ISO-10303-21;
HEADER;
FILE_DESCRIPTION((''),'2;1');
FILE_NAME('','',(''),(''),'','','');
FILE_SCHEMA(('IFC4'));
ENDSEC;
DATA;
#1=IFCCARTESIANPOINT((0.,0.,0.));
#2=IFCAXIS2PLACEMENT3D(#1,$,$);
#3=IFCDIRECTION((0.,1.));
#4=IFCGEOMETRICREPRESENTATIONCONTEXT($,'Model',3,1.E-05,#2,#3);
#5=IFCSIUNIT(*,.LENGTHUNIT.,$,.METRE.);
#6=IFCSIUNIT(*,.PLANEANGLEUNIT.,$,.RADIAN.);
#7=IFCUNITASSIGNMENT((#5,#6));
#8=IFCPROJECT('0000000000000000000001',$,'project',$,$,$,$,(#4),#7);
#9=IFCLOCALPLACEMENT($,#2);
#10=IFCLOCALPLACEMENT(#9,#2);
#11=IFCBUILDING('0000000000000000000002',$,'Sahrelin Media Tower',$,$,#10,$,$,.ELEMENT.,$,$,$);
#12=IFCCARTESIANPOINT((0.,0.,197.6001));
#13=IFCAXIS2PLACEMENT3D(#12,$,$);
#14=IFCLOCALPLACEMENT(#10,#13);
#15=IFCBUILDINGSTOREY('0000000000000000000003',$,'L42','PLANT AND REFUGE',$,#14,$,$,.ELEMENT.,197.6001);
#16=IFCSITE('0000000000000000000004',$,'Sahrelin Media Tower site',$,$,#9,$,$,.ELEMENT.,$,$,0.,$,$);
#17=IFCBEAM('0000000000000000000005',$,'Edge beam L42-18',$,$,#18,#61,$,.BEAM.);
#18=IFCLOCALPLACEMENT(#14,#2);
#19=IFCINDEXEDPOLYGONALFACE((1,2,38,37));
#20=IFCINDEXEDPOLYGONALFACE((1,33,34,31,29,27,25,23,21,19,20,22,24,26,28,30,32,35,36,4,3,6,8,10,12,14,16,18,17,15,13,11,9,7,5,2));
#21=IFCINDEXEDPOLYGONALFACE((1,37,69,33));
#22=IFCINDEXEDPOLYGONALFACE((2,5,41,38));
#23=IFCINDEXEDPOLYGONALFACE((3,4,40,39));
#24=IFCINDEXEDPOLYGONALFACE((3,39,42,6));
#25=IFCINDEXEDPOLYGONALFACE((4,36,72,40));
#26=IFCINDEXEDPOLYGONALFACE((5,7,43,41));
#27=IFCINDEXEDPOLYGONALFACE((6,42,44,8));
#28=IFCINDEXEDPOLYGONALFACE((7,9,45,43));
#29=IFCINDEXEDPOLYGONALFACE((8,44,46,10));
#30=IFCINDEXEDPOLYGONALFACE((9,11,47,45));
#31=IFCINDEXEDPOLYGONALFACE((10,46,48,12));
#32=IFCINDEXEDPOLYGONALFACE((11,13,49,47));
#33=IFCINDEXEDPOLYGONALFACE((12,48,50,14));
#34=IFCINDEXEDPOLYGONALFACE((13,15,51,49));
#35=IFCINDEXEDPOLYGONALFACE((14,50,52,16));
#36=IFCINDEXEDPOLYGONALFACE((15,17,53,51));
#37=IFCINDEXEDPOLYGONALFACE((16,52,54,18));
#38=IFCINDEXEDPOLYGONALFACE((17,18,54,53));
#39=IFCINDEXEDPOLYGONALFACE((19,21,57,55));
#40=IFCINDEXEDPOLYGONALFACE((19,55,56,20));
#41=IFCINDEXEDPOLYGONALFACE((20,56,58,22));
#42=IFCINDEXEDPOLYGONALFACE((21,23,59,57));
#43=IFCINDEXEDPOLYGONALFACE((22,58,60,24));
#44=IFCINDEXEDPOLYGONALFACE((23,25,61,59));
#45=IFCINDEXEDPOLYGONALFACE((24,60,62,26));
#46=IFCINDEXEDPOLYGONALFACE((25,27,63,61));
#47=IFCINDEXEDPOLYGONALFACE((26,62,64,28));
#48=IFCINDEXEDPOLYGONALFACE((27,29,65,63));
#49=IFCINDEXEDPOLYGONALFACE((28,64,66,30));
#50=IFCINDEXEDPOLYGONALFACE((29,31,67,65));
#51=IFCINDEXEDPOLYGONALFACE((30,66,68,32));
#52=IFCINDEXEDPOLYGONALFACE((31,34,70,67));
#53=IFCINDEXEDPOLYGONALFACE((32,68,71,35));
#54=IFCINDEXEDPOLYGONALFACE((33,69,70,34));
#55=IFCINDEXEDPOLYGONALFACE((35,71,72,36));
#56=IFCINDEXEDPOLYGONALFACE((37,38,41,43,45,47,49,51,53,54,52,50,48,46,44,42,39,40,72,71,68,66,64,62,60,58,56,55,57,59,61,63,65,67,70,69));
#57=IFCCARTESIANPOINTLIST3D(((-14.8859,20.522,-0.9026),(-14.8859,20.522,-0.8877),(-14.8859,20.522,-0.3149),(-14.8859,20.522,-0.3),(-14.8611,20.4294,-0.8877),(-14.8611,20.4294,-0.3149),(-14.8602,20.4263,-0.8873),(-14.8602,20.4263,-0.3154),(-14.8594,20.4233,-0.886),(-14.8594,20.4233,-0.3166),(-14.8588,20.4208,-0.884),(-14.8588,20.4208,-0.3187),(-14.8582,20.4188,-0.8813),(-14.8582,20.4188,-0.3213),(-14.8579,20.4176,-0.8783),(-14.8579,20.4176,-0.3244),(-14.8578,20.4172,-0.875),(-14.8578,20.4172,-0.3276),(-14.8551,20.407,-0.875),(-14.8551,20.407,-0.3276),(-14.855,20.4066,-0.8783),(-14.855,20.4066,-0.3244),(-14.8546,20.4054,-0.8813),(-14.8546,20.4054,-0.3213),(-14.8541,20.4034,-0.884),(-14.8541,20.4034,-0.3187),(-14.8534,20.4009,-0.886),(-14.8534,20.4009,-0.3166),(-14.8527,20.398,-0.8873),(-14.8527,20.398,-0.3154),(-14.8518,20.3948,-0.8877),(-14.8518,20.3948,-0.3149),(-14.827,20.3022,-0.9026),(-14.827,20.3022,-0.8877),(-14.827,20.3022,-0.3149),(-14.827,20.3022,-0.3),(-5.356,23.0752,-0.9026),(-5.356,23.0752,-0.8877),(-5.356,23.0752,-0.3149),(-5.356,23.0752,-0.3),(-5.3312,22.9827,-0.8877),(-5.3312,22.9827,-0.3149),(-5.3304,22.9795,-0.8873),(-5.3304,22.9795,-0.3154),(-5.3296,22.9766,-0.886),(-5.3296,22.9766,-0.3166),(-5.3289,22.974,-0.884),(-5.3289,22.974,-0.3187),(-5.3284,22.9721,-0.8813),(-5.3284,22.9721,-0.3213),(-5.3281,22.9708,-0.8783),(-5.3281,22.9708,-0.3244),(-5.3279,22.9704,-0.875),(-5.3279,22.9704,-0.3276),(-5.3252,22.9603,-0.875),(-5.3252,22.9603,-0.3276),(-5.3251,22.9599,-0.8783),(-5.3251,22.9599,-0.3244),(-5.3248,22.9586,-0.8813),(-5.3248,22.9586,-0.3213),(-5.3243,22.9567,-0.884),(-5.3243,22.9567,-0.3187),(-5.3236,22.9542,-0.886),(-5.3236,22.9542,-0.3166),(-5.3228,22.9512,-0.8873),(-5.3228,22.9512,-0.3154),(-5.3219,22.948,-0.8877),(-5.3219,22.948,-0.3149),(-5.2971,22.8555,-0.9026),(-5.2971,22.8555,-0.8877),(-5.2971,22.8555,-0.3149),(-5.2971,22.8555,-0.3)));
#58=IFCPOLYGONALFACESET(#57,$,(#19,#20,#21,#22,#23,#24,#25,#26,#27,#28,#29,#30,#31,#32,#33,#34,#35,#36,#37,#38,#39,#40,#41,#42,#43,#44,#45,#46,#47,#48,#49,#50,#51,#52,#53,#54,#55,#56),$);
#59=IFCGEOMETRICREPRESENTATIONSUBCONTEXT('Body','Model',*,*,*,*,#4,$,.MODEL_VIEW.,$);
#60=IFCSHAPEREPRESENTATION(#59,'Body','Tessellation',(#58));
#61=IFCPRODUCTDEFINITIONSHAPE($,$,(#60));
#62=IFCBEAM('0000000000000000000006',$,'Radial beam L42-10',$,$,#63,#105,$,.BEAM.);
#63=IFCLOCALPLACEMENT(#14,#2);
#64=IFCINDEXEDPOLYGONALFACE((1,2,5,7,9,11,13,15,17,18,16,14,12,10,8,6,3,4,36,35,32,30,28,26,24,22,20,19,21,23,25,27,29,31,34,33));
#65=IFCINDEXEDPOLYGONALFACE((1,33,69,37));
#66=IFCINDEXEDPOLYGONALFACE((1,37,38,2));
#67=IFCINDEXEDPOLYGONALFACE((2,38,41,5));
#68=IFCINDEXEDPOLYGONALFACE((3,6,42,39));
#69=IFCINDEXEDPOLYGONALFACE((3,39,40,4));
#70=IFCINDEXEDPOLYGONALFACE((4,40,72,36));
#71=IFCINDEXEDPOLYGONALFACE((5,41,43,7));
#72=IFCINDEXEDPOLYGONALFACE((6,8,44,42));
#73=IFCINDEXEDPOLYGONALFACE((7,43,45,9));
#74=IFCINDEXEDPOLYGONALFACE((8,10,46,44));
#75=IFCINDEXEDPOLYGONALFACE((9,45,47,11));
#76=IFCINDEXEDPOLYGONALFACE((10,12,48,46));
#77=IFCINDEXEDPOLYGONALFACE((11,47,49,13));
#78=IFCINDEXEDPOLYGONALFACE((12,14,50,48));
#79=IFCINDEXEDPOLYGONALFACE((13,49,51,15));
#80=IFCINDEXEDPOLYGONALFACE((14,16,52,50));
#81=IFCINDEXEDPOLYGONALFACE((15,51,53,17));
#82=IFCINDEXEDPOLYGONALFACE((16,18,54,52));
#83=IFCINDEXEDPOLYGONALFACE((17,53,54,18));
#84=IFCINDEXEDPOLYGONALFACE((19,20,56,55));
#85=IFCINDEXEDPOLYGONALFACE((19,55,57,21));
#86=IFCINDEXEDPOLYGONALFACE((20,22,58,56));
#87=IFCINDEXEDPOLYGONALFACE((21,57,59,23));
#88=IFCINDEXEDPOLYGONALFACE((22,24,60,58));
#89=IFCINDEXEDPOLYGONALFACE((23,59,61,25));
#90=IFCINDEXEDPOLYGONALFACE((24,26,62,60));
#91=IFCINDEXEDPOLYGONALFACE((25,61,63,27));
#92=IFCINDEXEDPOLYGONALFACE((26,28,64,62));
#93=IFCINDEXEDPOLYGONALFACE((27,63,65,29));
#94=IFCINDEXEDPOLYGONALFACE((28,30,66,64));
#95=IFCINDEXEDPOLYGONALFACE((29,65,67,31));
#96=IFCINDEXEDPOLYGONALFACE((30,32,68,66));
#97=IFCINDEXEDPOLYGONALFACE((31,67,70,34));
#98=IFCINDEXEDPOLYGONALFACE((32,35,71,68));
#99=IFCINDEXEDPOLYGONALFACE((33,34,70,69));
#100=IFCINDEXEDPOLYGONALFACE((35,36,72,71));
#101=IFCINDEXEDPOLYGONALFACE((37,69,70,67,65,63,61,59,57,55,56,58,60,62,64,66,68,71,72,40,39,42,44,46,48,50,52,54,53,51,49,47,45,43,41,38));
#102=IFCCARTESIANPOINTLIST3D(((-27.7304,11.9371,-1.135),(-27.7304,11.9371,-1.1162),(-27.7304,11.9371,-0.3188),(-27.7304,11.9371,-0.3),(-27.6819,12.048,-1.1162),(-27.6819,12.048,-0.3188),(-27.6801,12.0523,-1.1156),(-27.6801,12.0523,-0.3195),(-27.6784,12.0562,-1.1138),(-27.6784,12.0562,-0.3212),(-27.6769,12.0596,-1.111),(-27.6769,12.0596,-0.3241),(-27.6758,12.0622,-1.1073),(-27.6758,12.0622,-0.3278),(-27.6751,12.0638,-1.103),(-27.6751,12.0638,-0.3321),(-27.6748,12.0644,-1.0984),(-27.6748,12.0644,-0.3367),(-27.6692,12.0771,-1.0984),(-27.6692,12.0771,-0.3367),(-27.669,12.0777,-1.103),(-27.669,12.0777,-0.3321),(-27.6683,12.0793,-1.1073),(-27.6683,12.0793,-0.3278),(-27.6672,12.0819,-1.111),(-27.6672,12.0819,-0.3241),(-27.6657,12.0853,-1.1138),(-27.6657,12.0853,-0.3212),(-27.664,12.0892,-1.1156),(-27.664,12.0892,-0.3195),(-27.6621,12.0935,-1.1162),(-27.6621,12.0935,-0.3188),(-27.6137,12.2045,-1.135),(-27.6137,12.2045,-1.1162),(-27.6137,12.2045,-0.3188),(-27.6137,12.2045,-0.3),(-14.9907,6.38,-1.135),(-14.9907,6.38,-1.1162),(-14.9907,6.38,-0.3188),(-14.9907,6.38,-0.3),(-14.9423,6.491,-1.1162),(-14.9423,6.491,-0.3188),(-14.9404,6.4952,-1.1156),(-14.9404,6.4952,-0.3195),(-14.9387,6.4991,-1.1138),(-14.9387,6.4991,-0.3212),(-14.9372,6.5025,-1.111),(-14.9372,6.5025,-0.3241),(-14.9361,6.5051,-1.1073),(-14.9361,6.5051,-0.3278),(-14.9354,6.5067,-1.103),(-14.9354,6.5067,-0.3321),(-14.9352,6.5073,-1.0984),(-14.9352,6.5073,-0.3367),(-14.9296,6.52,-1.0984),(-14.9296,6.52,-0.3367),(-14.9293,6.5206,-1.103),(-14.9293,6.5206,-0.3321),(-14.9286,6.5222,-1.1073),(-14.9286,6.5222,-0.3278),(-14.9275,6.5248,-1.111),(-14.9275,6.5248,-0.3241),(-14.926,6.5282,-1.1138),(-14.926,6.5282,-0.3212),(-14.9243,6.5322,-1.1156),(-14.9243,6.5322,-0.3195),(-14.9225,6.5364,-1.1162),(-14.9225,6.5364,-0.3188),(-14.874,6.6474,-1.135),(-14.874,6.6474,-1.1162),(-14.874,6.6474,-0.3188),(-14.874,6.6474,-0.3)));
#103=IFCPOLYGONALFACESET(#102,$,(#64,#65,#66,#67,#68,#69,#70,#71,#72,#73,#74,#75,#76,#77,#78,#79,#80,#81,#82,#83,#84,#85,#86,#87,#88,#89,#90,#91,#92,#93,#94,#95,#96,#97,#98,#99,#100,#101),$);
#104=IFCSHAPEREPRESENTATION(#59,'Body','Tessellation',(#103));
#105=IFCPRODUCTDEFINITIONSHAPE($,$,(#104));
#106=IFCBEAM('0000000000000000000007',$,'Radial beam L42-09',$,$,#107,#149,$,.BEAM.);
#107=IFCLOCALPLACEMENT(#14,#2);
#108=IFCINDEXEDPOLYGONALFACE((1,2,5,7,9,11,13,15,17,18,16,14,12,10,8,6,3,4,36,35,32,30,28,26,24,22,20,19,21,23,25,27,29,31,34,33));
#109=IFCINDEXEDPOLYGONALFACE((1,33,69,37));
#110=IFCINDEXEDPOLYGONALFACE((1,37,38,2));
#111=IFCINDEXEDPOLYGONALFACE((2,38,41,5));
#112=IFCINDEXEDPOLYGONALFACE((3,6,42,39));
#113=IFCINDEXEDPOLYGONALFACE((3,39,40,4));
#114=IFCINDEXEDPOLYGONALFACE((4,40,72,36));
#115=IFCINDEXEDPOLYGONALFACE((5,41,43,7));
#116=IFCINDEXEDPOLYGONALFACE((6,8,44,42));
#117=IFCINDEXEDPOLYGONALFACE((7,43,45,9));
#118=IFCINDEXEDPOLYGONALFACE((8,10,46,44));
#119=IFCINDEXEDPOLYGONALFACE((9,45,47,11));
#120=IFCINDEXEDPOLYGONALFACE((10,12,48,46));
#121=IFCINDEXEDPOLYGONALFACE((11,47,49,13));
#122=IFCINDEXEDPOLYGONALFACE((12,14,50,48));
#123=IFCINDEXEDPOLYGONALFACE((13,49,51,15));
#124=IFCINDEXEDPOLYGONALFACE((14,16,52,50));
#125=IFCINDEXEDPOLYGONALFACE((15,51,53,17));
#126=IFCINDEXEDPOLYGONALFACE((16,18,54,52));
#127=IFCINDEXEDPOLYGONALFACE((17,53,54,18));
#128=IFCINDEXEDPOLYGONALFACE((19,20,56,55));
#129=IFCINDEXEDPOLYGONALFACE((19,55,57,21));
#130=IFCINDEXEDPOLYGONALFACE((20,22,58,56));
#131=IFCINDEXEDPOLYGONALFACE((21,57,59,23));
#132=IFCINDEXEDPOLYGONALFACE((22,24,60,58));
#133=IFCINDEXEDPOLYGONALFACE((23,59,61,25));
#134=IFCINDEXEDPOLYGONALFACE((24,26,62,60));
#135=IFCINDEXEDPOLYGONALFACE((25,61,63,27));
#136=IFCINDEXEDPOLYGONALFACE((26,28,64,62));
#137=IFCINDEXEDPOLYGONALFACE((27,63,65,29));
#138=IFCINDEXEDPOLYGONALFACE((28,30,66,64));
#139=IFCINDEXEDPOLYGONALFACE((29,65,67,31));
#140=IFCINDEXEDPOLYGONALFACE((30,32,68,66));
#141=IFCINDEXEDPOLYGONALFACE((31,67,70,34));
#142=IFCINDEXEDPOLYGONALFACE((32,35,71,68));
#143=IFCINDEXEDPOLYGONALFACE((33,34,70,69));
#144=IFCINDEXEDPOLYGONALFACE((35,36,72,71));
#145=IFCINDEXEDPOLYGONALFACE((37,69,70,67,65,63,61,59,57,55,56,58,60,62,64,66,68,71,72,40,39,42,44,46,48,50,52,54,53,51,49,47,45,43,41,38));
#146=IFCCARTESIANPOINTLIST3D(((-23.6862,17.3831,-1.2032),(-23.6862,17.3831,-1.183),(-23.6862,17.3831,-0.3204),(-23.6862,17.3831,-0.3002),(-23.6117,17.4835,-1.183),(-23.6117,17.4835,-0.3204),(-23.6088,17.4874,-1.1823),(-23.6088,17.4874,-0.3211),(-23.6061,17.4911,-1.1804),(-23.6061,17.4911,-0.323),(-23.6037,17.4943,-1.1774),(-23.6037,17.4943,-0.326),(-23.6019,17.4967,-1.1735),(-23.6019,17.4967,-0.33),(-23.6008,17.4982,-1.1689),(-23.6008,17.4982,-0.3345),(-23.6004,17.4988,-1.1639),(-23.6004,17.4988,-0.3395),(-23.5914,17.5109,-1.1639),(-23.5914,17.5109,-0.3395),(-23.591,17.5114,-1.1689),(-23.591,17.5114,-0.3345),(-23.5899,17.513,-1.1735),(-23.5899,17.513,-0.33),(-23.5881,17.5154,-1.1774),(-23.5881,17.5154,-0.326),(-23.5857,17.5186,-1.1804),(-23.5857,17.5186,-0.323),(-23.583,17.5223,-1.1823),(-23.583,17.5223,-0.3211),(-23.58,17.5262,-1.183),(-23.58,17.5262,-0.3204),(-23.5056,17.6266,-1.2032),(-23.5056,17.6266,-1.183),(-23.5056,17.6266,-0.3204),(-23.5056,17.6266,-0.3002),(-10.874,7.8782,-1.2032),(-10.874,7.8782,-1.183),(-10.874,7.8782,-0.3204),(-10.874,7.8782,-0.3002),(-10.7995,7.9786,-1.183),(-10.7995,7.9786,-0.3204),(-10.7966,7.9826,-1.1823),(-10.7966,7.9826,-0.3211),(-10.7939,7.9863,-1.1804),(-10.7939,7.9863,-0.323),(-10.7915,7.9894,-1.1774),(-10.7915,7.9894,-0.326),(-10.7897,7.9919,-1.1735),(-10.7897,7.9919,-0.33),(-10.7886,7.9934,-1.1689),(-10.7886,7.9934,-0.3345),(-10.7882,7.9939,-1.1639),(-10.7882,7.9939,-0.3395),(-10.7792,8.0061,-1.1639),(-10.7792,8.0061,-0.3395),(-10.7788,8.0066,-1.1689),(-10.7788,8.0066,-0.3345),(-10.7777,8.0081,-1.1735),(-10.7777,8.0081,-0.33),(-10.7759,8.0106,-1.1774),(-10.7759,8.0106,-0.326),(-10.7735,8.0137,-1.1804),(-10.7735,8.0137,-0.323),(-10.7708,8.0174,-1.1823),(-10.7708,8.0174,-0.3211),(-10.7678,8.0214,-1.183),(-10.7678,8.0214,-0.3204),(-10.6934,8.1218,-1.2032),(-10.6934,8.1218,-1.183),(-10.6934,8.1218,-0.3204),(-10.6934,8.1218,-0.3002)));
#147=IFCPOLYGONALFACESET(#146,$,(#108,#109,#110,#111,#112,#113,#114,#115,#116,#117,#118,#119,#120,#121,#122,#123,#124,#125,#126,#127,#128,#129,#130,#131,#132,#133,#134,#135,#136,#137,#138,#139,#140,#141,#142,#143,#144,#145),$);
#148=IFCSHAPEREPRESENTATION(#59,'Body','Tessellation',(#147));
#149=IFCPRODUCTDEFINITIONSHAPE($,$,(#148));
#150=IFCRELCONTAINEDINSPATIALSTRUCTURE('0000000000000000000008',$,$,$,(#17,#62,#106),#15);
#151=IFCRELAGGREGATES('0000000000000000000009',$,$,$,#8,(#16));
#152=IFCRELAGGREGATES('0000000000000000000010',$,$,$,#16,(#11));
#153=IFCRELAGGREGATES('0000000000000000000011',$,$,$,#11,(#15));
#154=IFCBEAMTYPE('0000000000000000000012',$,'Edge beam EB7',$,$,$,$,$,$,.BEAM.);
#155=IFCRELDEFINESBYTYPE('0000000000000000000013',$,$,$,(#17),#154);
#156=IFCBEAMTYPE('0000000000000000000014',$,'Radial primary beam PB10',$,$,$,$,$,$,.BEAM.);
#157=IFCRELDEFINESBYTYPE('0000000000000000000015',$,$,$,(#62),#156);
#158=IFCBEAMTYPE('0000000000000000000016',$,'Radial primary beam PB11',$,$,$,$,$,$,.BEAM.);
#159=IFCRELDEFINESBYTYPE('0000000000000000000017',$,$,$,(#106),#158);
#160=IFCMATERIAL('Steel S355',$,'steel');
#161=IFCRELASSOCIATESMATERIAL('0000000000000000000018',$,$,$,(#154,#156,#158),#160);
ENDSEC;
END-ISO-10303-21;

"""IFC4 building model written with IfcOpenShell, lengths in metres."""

from ifc_helpers import new_model, si_unit, direction, frame, origin, origin_2d, place, context, subcontext, project, spatial, i_section, extrude, material, material_profile, profile_set, type_object, element, save


model = new_model("IFC4")

# Units and contexts
model_context = context("Model", 3, precision=1e-05, world=origin(), true_north=direction((0.0, 1.0)))
body_context = subcontext(model_context, "Body", "Model", "MODEL_VIEW")
ifc_project = project(units=[si_unit("LENGTHUNIT", "METRE"), si_unit("PLANEANGLEUNIT", "RADIAN")], contexts=[model_context])

# Site, building, storey
site_placement = place(None, origin())
site = spatial("IfcSite", under=ifc_project, at=site_placement, Name="Sahrelin Media Tower site", CompositionType="ELEMENT", RefElevation=0.0)
building_placement = place(site_placement, origin())
building = spatial("IfcBuilding", under=site, at=building_placement, Name="Sahrelin Media Tower", CompositionType="ELEMENT")
storey_placement = place(building_placement, frame((0.0, 0.0, 197.6001)))
storey = spatial("IfcBuildingStorey", under=building, at=storey_placement, Name="L42", Description="PLANT AND REFUGE", CompositionType="ELEMENT", Elevation=197.6001)

# Beams
ifc_material_1 = material(Name="Steel S355", Category="steel")
ifc_material_profile_1 = material_profile(ifc_material_1, i_section(OverallWidth=0.2275, OverallDepth=0.6025, WebThickness=0.0105, FlangeThickness=0.0149, FilletRadius=0.0127, at=origin_2d()), Name="UB 610x229x101")
ifc_profile_set_1 = profile_set([ifc_material_profile_1], Name="Steel S355")
beam_type_1 = type_object("IfcBeamType", Name="Edge beam EB7", PredefinedType="BEAM", material=ifc_profile_set_1)
beam_1_placement = place(storey_placement, frame((-14.8564, 20.4121, -0.6013), z_axis=(0.965933, 0.258793, 0.0), x_axis=(-0.258793, 0.965933, 0.0)))
element("IfcBeam", 1, at=beam_1_placement, inside=storey, type_object=beam_type_1, Name="Edge beam L42-18", PredefinedType="BEAM", context=body_context, shape_type="SweptSolid", body=[
    extrude(i_section(OverallWidth=0.2275, OverallDepth=0.6025, WebThickness=0.0105, FlangeThickness=0.0149, FilletRadius=0.0127, at=origin_2d()), origin(), (0.0, 0.0, 1.0), 9.866),
])
ifc_material_profile_2 = material_profile(ifc_material_1, i_section(OverallWidth=0.2917, OverallDepth=0.835, WebThickness=0.0139, FlangeThickness=0.0188, FilletRadius=0.0178, at=origin_2d()), Name="UB 838x292x176")
ifc_profile_set_2 = profile_set([ifc_material_profile_2], Name="Steel S355")
beam_type_2 = type_object("IfcBeamType", Name="Radial primary beam PB10", PredefinedType="BEAM", material=ifc_profile_set_2)
beam_2_placement = place(storey_placement, frame((-14.9324, 6.5137, -0.7175), z_axis=(-0.916593, 0.399822, 0.0), x_axis=(-0.399822, -0.916593, 0.0)))
element("IfcBeam", 2, at=beam_2_placement, inside=storey, type_object=beam_type_2, Name="Radial beam L42-10", PredefinedType="BEAM", context=body_context, shape_type="SweptSolid", body=[
    extrude(i_section(OverallWidth=0.2917, OverallDepth=0.835, WebThickness=0.0139, FlangeThickness=0.0188, FilletRadius=0.0178, at=origin_2d()), origin(), (0.0, 0.0, 1.0), 13.8989),
])
ifc_material_profile_3 = material_profile(ifc_material_1, i_section(OverallWidth=0.3032, OverallDepth=0.9031, WebThickness=0.0151, FlangeThickness=0.0203, FilletRadius=0.019, at=origin_2d()), Name="UB 914x305x201")
ifc_profile_set_3 = profile_set([ifc_material_profile_3], Name="Steel S355")
beam_type_3 = type_object("IfcBeamType", Name="Radial primary beam PB11", PredefinedType="BEAM", material=ifc_profile_set_3)
beam_3_placement = place(storey_placement, frame((-10.7837, 8.0, -0.7517), z_axis=(-0.803128, 0.595807, 0.0), x_axis=(-0.595807, -0.803128, 0.0)))
element("IfcBeam", 3, at=beam_3_placement, inside=storey, type_object=beam_type_3, Name="Radial beam L42-09", PredefinedType="BEAM", context=body_context, shape_type="SweptSolid", body=[
    extrude(i_section(OverallWidth=0.3032, OverallDepth=0.9031, WebThickness=0.0151, FlangeThickness=0.0203, FilletRadius=0.019, at=origin_2d()), origin(), (0.0, 0.0, 1.0), 15.9529),
])

save(model, "model.ifc")
